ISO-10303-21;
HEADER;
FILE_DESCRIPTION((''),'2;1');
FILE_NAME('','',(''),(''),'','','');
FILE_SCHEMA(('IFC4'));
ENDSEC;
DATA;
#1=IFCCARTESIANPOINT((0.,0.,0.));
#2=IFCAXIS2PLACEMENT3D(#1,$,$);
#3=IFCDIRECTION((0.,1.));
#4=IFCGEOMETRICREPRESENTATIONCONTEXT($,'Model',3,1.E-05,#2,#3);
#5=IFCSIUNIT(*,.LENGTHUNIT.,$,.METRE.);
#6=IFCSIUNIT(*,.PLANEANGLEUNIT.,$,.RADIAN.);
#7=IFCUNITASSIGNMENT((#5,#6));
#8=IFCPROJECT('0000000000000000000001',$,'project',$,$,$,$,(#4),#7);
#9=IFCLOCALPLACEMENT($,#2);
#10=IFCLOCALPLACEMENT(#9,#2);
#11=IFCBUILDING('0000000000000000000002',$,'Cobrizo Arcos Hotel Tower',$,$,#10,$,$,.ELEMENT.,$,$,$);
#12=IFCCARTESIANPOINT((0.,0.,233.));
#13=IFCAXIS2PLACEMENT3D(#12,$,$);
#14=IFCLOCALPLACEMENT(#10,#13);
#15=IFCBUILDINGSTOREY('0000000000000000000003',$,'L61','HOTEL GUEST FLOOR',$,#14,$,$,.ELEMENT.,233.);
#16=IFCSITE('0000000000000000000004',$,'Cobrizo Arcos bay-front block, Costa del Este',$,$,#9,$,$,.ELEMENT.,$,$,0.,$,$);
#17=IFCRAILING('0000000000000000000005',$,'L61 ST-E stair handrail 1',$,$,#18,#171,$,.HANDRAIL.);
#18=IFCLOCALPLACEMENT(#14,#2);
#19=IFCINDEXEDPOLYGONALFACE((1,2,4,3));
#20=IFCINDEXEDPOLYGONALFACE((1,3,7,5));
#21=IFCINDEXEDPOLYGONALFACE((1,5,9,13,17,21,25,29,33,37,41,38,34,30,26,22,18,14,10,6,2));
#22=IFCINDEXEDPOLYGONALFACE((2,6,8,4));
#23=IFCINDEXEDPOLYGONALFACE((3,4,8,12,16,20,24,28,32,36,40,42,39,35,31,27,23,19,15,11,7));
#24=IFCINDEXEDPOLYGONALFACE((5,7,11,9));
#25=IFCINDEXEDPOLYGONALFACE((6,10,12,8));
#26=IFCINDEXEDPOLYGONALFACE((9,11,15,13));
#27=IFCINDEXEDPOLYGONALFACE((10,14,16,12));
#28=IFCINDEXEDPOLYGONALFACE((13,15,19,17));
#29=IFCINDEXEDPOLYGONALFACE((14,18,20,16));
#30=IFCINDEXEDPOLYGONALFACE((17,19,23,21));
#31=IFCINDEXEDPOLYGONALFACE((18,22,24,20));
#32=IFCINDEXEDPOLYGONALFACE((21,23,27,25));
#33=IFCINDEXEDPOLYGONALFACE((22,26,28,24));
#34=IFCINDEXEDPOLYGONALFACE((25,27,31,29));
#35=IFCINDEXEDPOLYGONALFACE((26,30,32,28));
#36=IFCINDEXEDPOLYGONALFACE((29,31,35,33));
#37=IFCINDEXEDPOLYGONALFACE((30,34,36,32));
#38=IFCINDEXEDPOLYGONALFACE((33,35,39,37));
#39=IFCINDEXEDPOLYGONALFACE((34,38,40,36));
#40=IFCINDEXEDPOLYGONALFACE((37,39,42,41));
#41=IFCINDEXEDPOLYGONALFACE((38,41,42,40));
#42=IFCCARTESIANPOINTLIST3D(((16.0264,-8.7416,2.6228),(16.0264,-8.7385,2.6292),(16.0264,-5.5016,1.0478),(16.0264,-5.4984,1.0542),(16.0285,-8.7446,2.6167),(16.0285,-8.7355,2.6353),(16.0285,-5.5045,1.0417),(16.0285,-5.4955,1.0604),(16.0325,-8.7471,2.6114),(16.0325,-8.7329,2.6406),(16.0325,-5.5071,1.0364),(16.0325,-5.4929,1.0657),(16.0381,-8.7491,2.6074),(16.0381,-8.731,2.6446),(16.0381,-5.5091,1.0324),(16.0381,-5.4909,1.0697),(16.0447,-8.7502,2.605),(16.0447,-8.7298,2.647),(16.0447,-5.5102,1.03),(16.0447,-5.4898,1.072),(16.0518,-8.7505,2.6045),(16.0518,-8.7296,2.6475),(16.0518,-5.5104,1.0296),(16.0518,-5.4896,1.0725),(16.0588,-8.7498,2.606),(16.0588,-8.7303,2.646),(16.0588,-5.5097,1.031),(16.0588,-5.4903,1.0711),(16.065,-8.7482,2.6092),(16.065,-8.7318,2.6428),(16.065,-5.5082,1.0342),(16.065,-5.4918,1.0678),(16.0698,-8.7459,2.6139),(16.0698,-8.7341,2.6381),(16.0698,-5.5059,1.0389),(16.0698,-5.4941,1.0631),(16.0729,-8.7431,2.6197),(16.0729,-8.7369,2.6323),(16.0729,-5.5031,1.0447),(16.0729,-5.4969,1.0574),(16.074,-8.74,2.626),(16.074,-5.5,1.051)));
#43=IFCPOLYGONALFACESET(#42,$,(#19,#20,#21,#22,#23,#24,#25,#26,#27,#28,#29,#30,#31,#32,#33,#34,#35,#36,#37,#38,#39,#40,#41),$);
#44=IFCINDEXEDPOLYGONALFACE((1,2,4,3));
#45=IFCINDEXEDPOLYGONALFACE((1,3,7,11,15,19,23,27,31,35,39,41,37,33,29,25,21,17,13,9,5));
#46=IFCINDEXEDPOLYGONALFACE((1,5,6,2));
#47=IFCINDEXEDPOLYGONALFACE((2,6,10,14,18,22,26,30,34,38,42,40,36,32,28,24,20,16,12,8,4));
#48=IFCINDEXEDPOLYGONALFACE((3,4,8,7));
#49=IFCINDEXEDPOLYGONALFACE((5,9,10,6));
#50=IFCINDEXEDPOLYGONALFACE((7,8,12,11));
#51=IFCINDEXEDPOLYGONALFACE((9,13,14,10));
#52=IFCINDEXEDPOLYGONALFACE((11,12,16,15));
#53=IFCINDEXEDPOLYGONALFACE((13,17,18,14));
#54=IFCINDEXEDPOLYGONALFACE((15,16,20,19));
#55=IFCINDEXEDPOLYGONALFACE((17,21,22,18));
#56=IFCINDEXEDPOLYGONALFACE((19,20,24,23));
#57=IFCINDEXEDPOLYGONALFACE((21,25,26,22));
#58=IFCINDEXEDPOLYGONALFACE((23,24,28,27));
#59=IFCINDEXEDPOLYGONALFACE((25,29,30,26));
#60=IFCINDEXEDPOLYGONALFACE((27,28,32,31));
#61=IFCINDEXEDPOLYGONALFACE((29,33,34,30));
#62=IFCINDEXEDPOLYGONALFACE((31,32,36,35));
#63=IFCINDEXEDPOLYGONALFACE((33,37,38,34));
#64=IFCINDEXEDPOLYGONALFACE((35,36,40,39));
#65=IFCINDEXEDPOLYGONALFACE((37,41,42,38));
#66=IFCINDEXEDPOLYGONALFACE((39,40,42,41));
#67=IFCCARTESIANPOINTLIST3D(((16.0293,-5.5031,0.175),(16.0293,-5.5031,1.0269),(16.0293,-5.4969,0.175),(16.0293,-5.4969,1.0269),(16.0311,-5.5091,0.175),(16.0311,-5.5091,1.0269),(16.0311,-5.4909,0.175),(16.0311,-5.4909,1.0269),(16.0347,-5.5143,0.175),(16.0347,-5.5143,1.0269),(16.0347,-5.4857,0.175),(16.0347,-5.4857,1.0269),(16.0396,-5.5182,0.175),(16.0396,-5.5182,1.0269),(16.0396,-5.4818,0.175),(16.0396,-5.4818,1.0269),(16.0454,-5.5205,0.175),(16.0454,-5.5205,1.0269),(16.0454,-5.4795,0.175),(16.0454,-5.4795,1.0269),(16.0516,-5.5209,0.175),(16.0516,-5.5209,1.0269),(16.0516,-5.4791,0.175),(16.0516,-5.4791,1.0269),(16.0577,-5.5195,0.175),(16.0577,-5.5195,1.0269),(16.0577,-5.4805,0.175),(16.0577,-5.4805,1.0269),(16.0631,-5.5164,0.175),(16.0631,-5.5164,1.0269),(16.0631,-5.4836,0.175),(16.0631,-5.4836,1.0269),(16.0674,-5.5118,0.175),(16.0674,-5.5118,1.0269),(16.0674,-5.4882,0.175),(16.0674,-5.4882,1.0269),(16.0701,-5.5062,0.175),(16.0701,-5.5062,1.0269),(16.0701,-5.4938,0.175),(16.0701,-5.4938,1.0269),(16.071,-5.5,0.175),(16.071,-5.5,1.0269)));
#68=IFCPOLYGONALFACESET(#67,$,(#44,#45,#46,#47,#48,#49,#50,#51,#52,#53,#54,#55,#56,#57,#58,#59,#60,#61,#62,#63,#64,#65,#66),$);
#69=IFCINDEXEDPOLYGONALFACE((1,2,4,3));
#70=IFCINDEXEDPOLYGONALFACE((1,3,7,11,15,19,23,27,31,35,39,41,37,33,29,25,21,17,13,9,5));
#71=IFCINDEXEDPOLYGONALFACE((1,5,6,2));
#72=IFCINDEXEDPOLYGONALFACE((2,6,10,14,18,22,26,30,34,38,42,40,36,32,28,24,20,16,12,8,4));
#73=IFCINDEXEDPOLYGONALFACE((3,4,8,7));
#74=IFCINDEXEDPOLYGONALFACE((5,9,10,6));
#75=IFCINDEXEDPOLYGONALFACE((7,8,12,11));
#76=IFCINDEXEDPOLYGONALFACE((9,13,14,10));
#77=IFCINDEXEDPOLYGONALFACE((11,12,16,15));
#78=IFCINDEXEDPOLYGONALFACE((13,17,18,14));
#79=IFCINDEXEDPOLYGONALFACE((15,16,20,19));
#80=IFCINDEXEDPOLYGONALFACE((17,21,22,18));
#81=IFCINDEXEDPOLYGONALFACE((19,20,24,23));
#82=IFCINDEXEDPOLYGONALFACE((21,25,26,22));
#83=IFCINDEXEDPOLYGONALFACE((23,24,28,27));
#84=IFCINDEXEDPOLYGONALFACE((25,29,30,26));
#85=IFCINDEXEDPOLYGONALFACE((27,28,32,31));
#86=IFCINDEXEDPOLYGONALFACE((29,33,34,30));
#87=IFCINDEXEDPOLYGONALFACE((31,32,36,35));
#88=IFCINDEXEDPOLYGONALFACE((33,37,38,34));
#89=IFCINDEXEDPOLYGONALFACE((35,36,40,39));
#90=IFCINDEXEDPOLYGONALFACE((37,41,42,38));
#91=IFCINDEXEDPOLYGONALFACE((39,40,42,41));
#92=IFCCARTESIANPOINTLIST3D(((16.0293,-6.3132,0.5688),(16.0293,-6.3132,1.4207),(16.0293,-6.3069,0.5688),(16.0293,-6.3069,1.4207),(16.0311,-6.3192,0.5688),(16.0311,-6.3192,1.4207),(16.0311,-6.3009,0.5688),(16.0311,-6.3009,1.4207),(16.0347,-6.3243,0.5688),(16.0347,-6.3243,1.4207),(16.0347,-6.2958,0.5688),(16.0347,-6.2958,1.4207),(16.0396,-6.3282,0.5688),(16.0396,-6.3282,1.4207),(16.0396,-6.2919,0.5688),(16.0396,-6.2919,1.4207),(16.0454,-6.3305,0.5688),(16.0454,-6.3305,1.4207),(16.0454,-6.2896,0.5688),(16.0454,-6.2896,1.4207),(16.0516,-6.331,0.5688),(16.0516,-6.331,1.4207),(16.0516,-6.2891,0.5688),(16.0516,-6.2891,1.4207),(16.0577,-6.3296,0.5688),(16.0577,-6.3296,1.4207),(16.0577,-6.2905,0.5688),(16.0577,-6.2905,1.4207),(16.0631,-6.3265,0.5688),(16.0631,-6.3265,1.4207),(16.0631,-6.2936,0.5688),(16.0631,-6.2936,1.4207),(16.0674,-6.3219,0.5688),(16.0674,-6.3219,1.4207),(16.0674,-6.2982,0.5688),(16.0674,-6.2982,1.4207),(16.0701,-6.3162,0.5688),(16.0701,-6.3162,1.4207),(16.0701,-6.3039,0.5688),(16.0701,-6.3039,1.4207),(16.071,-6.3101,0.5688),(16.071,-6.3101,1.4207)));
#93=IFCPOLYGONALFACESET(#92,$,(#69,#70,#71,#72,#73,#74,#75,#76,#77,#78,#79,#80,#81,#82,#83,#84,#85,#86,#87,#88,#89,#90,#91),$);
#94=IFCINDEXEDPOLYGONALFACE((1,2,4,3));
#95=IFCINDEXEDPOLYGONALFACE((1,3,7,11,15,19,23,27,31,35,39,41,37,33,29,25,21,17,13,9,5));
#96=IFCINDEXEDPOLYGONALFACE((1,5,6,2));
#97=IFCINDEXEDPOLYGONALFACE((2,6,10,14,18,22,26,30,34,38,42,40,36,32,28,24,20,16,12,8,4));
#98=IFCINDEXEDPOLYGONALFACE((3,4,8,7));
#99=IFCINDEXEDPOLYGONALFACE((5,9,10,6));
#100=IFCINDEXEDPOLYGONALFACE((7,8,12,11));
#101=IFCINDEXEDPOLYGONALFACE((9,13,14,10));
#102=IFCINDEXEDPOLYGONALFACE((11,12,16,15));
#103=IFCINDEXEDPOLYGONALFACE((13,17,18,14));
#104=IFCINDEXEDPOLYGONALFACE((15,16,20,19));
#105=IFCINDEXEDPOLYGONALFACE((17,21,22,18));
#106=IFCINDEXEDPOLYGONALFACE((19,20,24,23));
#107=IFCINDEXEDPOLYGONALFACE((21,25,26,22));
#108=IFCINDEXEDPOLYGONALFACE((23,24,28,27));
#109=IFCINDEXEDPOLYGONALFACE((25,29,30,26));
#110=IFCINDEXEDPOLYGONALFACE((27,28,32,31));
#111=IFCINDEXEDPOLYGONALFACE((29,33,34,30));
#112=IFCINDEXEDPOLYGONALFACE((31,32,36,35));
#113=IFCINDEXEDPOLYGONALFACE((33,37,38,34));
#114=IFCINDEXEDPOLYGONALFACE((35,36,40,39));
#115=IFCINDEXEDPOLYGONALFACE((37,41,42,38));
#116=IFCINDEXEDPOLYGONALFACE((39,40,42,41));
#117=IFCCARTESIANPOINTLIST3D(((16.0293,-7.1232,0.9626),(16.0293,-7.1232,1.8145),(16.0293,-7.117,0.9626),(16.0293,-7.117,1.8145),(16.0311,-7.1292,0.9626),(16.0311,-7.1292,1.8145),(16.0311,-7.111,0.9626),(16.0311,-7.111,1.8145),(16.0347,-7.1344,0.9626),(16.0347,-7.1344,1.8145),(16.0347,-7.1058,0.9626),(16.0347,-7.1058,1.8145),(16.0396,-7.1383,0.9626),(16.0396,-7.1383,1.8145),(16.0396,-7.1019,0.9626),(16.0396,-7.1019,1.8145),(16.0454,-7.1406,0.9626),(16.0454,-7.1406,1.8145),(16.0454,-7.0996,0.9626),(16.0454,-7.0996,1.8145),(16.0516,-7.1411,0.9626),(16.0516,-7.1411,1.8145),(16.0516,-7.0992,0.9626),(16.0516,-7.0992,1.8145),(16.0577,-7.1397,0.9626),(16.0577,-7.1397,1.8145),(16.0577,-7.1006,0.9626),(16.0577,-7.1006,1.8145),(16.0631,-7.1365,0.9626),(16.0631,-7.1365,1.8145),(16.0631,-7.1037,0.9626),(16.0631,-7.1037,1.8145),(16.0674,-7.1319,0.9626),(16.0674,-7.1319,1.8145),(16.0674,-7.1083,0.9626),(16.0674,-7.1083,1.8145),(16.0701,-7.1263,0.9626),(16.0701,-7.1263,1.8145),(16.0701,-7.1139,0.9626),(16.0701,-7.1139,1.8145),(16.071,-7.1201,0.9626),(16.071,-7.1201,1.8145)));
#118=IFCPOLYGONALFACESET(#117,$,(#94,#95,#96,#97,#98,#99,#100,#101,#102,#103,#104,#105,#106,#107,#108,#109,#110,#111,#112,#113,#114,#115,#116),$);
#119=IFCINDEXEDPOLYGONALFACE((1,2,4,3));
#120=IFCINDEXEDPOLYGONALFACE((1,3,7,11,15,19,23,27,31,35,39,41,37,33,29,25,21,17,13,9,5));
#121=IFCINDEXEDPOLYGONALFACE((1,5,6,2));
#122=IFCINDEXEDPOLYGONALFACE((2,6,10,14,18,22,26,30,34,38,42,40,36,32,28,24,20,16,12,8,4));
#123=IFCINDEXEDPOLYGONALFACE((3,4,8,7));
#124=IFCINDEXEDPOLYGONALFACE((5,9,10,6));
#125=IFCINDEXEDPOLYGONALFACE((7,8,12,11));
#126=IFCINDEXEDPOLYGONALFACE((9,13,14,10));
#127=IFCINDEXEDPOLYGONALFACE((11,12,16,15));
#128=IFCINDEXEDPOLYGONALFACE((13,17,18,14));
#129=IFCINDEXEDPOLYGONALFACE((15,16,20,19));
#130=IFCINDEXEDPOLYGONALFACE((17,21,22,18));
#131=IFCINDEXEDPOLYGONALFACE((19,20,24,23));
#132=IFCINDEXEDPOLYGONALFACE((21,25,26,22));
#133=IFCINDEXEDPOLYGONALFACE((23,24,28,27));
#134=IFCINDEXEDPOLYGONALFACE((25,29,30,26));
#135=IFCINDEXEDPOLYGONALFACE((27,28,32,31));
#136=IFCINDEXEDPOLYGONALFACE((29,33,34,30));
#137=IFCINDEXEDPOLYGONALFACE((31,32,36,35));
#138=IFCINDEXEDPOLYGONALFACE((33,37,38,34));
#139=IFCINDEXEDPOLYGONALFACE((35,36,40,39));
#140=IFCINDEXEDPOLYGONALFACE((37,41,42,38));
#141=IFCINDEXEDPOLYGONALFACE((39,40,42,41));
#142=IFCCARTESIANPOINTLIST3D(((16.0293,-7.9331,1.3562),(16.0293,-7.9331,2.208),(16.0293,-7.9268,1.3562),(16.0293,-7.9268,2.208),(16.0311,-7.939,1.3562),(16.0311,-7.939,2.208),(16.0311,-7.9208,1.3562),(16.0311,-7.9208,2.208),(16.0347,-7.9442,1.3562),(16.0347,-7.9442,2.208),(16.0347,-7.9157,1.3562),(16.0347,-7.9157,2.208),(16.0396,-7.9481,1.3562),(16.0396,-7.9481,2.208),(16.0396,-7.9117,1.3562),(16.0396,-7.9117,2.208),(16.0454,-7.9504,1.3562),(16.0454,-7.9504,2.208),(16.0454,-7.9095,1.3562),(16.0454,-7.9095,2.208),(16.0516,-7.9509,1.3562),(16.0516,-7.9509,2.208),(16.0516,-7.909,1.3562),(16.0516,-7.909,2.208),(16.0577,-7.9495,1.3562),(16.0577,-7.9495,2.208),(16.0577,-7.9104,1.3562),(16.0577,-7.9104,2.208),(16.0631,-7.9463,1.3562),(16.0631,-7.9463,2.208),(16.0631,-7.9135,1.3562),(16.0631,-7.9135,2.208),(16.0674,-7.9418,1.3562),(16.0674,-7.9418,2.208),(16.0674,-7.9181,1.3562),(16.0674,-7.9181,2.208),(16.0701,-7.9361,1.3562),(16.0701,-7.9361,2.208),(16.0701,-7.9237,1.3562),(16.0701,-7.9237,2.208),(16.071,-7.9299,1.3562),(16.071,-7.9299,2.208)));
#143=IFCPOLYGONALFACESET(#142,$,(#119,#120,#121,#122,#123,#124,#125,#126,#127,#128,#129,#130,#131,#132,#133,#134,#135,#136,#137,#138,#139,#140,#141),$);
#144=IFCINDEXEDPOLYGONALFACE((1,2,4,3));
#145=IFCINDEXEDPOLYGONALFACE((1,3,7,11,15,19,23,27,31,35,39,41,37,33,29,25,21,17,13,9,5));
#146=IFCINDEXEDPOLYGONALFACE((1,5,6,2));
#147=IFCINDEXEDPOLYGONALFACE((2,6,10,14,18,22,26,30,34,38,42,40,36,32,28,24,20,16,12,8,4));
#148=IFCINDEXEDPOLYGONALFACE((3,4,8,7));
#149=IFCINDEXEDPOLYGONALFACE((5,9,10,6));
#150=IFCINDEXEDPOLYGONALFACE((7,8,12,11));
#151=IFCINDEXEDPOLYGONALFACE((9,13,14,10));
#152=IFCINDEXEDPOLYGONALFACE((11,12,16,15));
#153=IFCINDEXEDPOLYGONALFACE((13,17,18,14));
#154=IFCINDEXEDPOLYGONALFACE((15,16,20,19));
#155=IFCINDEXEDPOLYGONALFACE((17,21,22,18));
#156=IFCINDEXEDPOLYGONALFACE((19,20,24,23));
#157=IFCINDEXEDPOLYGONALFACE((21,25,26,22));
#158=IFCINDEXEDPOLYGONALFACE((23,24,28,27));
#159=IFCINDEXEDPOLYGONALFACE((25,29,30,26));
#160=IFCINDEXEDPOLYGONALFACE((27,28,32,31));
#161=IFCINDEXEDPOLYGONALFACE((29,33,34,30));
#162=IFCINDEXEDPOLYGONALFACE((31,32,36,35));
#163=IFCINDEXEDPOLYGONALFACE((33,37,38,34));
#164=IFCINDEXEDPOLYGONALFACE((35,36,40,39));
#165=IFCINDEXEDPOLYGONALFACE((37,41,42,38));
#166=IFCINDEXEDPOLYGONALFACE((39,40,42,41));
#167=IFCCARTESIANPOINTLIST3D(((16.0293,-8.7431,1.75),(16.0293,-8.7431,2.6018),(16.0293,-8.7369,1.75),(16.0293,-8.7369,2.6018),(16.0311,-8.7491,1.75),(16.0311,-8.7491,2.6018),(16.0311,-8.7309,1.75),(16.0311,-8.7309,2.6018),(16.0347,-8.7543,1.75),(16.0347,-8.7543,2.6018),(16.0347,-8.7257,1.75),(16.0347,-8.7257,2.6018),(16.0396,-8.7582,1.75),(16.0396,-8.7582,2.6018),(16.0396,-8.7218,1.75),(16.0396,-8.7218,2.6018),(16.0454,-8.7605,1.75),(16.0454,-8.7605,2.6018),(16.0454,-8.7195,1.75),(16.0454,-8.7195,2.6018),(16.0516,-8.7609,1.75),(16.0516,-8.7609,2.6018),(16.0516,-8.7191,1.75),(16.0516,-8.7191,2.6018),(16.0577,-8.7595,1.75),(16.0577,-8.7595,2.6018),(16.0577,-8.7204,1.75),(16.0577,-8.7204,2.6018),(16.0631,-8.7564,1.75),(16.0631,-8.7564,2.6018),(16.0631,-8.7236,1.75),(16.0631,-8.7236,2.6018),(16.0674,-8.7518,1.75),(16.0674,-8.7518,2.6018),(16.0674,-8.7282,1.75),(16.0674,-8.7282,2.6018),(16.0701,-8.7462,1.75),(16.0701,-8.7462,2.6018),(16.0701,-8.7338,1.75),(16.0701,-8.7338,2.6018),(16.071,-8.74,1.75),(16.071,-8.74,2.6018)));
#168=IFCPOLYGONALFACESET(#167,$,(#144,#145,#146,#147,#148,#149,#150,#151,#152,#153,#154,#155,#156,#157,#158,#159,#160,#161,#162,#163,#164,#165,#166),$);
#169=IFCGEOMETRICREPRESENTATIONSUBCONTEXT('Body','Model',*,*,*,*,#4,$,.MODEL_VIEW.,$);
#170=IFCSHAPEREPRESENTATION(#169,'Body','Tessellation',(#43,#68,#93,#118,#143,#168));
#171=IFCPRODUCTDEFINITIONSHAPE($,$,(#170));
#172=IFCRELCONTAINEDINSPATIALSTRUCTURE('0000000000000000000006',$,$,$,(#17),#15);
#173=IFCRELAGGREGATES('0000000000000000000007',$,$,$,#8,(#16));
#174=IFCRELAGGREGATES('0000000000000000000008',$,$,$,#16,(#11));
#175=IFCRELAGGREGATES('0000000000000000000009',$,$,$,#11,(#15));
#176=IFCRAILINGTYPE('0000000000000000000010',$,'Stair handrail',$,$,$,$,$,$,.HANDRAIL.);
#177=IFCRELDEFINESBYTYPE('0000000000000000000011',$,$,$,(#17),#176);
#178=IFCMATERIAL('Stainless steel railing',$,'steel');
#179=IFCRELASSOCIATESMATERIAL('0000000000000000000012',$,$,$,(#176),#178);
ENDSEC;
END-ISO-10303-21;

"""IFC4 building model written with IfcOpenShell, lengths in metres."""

from ifc_helpers import new_model, si_unit, direction, frame, origin, origin_2d, place, context, subcontext, project, spatial, circle, extrude, material, type_object, element, save


model = new_model("IFC4")

# Units and contexts
model_context = context("Model", 3, precision=1e-05, world=origin(), true_north=direction((0.0, 1.0)))
body_context = subcontext(model_context, "Body", "Model", "MODEL_VIEW")
ifc_project = project(units=[si_unit("LENGTHUNIT", "METRE"), si_unit("PLANEANGLEUNIT", "RADIAN")], contexts=[model_context])

# Site, building, storey
site_placement = place(None, origin())
site = spatial("IfcSite", under=ifc_project, at=site_placement, Name="Cobrizo Arcos bay-front block, Costa del Este", CompositionType="ELEMENT", RefElevation=0.0)
building_placement = place(site_placement, origin())
building = spatial("IfcBuilding", under=site, at=building_placement, Name="Cobrizo Arcos Hotel Tower", CompositionType="ELEMENT")
storey_placement = place(building_placement, frame((0.0, 0.0, 233.0)))
storey = spatial("IfcBuildingStorey", under=building, at=storey_placement, Name="L61", Description="HOTEL GUEST FLOOR", CompositionType="ELEMENT", Elevation=233.0)

# Railing
ifc_material_1 = material(Name="Stainless steel railing", Category="steel")
railing_type_1 = type_object("IfcRailingType", Name="Stair handrail", PredefinedType="HANDRAIL", material=ifc_material_1)
railing_1_placement = place(storey_placement, frame((16.05, -5.5, 0.175)))
element("IfcRailing", 1, at=railing_1_placement, inside=storey, type_object=railing_type_1, Name="L61 ST-E stair handrail 1", PredefinedType="HANDRAIL", context=body_context, shape_type="SweptSolid", body=[
    extrude(circle(Radius=0.0239, at=origin_2d()), frame((0.0, 0.0, 0.876), z_axis=(0.0, -0.899373, 0.437183), x_axis=(1.0, 0.0, 0.0)), (0.0, 0.0, 1.0), 3.6025),
    extrude(circle(Radius=0.021, at=origin_2d()), origin(), (0.0, 0.0, 1.0), 0.8518),
    extrude(circle(Radius=0.021, at=origin_2d()), frame((0.0, -0.8101, 0.3938)), (0.0, 0.0, 1.0), 0.8518),
    extrude(circle(Radius=0.021, at=origin_2d()), frame((0.0, -1.6201, 0.7876)), (0.0, 0.0, 1.0), 0.8518),
    extrude(circle(Radius=0.021, at=origin_2d()), frame((0.0, -2.4299, 1.1812)), (0.0, 0.0, 1.0), 0.8518),
    extrude(circle(Radius=0.021, at=origin_2d()), frame((0.0, -3.24, 1.575)), (0.0, 0.0, 1.0), 0.8518),
])

save(model, "model.ifc")
